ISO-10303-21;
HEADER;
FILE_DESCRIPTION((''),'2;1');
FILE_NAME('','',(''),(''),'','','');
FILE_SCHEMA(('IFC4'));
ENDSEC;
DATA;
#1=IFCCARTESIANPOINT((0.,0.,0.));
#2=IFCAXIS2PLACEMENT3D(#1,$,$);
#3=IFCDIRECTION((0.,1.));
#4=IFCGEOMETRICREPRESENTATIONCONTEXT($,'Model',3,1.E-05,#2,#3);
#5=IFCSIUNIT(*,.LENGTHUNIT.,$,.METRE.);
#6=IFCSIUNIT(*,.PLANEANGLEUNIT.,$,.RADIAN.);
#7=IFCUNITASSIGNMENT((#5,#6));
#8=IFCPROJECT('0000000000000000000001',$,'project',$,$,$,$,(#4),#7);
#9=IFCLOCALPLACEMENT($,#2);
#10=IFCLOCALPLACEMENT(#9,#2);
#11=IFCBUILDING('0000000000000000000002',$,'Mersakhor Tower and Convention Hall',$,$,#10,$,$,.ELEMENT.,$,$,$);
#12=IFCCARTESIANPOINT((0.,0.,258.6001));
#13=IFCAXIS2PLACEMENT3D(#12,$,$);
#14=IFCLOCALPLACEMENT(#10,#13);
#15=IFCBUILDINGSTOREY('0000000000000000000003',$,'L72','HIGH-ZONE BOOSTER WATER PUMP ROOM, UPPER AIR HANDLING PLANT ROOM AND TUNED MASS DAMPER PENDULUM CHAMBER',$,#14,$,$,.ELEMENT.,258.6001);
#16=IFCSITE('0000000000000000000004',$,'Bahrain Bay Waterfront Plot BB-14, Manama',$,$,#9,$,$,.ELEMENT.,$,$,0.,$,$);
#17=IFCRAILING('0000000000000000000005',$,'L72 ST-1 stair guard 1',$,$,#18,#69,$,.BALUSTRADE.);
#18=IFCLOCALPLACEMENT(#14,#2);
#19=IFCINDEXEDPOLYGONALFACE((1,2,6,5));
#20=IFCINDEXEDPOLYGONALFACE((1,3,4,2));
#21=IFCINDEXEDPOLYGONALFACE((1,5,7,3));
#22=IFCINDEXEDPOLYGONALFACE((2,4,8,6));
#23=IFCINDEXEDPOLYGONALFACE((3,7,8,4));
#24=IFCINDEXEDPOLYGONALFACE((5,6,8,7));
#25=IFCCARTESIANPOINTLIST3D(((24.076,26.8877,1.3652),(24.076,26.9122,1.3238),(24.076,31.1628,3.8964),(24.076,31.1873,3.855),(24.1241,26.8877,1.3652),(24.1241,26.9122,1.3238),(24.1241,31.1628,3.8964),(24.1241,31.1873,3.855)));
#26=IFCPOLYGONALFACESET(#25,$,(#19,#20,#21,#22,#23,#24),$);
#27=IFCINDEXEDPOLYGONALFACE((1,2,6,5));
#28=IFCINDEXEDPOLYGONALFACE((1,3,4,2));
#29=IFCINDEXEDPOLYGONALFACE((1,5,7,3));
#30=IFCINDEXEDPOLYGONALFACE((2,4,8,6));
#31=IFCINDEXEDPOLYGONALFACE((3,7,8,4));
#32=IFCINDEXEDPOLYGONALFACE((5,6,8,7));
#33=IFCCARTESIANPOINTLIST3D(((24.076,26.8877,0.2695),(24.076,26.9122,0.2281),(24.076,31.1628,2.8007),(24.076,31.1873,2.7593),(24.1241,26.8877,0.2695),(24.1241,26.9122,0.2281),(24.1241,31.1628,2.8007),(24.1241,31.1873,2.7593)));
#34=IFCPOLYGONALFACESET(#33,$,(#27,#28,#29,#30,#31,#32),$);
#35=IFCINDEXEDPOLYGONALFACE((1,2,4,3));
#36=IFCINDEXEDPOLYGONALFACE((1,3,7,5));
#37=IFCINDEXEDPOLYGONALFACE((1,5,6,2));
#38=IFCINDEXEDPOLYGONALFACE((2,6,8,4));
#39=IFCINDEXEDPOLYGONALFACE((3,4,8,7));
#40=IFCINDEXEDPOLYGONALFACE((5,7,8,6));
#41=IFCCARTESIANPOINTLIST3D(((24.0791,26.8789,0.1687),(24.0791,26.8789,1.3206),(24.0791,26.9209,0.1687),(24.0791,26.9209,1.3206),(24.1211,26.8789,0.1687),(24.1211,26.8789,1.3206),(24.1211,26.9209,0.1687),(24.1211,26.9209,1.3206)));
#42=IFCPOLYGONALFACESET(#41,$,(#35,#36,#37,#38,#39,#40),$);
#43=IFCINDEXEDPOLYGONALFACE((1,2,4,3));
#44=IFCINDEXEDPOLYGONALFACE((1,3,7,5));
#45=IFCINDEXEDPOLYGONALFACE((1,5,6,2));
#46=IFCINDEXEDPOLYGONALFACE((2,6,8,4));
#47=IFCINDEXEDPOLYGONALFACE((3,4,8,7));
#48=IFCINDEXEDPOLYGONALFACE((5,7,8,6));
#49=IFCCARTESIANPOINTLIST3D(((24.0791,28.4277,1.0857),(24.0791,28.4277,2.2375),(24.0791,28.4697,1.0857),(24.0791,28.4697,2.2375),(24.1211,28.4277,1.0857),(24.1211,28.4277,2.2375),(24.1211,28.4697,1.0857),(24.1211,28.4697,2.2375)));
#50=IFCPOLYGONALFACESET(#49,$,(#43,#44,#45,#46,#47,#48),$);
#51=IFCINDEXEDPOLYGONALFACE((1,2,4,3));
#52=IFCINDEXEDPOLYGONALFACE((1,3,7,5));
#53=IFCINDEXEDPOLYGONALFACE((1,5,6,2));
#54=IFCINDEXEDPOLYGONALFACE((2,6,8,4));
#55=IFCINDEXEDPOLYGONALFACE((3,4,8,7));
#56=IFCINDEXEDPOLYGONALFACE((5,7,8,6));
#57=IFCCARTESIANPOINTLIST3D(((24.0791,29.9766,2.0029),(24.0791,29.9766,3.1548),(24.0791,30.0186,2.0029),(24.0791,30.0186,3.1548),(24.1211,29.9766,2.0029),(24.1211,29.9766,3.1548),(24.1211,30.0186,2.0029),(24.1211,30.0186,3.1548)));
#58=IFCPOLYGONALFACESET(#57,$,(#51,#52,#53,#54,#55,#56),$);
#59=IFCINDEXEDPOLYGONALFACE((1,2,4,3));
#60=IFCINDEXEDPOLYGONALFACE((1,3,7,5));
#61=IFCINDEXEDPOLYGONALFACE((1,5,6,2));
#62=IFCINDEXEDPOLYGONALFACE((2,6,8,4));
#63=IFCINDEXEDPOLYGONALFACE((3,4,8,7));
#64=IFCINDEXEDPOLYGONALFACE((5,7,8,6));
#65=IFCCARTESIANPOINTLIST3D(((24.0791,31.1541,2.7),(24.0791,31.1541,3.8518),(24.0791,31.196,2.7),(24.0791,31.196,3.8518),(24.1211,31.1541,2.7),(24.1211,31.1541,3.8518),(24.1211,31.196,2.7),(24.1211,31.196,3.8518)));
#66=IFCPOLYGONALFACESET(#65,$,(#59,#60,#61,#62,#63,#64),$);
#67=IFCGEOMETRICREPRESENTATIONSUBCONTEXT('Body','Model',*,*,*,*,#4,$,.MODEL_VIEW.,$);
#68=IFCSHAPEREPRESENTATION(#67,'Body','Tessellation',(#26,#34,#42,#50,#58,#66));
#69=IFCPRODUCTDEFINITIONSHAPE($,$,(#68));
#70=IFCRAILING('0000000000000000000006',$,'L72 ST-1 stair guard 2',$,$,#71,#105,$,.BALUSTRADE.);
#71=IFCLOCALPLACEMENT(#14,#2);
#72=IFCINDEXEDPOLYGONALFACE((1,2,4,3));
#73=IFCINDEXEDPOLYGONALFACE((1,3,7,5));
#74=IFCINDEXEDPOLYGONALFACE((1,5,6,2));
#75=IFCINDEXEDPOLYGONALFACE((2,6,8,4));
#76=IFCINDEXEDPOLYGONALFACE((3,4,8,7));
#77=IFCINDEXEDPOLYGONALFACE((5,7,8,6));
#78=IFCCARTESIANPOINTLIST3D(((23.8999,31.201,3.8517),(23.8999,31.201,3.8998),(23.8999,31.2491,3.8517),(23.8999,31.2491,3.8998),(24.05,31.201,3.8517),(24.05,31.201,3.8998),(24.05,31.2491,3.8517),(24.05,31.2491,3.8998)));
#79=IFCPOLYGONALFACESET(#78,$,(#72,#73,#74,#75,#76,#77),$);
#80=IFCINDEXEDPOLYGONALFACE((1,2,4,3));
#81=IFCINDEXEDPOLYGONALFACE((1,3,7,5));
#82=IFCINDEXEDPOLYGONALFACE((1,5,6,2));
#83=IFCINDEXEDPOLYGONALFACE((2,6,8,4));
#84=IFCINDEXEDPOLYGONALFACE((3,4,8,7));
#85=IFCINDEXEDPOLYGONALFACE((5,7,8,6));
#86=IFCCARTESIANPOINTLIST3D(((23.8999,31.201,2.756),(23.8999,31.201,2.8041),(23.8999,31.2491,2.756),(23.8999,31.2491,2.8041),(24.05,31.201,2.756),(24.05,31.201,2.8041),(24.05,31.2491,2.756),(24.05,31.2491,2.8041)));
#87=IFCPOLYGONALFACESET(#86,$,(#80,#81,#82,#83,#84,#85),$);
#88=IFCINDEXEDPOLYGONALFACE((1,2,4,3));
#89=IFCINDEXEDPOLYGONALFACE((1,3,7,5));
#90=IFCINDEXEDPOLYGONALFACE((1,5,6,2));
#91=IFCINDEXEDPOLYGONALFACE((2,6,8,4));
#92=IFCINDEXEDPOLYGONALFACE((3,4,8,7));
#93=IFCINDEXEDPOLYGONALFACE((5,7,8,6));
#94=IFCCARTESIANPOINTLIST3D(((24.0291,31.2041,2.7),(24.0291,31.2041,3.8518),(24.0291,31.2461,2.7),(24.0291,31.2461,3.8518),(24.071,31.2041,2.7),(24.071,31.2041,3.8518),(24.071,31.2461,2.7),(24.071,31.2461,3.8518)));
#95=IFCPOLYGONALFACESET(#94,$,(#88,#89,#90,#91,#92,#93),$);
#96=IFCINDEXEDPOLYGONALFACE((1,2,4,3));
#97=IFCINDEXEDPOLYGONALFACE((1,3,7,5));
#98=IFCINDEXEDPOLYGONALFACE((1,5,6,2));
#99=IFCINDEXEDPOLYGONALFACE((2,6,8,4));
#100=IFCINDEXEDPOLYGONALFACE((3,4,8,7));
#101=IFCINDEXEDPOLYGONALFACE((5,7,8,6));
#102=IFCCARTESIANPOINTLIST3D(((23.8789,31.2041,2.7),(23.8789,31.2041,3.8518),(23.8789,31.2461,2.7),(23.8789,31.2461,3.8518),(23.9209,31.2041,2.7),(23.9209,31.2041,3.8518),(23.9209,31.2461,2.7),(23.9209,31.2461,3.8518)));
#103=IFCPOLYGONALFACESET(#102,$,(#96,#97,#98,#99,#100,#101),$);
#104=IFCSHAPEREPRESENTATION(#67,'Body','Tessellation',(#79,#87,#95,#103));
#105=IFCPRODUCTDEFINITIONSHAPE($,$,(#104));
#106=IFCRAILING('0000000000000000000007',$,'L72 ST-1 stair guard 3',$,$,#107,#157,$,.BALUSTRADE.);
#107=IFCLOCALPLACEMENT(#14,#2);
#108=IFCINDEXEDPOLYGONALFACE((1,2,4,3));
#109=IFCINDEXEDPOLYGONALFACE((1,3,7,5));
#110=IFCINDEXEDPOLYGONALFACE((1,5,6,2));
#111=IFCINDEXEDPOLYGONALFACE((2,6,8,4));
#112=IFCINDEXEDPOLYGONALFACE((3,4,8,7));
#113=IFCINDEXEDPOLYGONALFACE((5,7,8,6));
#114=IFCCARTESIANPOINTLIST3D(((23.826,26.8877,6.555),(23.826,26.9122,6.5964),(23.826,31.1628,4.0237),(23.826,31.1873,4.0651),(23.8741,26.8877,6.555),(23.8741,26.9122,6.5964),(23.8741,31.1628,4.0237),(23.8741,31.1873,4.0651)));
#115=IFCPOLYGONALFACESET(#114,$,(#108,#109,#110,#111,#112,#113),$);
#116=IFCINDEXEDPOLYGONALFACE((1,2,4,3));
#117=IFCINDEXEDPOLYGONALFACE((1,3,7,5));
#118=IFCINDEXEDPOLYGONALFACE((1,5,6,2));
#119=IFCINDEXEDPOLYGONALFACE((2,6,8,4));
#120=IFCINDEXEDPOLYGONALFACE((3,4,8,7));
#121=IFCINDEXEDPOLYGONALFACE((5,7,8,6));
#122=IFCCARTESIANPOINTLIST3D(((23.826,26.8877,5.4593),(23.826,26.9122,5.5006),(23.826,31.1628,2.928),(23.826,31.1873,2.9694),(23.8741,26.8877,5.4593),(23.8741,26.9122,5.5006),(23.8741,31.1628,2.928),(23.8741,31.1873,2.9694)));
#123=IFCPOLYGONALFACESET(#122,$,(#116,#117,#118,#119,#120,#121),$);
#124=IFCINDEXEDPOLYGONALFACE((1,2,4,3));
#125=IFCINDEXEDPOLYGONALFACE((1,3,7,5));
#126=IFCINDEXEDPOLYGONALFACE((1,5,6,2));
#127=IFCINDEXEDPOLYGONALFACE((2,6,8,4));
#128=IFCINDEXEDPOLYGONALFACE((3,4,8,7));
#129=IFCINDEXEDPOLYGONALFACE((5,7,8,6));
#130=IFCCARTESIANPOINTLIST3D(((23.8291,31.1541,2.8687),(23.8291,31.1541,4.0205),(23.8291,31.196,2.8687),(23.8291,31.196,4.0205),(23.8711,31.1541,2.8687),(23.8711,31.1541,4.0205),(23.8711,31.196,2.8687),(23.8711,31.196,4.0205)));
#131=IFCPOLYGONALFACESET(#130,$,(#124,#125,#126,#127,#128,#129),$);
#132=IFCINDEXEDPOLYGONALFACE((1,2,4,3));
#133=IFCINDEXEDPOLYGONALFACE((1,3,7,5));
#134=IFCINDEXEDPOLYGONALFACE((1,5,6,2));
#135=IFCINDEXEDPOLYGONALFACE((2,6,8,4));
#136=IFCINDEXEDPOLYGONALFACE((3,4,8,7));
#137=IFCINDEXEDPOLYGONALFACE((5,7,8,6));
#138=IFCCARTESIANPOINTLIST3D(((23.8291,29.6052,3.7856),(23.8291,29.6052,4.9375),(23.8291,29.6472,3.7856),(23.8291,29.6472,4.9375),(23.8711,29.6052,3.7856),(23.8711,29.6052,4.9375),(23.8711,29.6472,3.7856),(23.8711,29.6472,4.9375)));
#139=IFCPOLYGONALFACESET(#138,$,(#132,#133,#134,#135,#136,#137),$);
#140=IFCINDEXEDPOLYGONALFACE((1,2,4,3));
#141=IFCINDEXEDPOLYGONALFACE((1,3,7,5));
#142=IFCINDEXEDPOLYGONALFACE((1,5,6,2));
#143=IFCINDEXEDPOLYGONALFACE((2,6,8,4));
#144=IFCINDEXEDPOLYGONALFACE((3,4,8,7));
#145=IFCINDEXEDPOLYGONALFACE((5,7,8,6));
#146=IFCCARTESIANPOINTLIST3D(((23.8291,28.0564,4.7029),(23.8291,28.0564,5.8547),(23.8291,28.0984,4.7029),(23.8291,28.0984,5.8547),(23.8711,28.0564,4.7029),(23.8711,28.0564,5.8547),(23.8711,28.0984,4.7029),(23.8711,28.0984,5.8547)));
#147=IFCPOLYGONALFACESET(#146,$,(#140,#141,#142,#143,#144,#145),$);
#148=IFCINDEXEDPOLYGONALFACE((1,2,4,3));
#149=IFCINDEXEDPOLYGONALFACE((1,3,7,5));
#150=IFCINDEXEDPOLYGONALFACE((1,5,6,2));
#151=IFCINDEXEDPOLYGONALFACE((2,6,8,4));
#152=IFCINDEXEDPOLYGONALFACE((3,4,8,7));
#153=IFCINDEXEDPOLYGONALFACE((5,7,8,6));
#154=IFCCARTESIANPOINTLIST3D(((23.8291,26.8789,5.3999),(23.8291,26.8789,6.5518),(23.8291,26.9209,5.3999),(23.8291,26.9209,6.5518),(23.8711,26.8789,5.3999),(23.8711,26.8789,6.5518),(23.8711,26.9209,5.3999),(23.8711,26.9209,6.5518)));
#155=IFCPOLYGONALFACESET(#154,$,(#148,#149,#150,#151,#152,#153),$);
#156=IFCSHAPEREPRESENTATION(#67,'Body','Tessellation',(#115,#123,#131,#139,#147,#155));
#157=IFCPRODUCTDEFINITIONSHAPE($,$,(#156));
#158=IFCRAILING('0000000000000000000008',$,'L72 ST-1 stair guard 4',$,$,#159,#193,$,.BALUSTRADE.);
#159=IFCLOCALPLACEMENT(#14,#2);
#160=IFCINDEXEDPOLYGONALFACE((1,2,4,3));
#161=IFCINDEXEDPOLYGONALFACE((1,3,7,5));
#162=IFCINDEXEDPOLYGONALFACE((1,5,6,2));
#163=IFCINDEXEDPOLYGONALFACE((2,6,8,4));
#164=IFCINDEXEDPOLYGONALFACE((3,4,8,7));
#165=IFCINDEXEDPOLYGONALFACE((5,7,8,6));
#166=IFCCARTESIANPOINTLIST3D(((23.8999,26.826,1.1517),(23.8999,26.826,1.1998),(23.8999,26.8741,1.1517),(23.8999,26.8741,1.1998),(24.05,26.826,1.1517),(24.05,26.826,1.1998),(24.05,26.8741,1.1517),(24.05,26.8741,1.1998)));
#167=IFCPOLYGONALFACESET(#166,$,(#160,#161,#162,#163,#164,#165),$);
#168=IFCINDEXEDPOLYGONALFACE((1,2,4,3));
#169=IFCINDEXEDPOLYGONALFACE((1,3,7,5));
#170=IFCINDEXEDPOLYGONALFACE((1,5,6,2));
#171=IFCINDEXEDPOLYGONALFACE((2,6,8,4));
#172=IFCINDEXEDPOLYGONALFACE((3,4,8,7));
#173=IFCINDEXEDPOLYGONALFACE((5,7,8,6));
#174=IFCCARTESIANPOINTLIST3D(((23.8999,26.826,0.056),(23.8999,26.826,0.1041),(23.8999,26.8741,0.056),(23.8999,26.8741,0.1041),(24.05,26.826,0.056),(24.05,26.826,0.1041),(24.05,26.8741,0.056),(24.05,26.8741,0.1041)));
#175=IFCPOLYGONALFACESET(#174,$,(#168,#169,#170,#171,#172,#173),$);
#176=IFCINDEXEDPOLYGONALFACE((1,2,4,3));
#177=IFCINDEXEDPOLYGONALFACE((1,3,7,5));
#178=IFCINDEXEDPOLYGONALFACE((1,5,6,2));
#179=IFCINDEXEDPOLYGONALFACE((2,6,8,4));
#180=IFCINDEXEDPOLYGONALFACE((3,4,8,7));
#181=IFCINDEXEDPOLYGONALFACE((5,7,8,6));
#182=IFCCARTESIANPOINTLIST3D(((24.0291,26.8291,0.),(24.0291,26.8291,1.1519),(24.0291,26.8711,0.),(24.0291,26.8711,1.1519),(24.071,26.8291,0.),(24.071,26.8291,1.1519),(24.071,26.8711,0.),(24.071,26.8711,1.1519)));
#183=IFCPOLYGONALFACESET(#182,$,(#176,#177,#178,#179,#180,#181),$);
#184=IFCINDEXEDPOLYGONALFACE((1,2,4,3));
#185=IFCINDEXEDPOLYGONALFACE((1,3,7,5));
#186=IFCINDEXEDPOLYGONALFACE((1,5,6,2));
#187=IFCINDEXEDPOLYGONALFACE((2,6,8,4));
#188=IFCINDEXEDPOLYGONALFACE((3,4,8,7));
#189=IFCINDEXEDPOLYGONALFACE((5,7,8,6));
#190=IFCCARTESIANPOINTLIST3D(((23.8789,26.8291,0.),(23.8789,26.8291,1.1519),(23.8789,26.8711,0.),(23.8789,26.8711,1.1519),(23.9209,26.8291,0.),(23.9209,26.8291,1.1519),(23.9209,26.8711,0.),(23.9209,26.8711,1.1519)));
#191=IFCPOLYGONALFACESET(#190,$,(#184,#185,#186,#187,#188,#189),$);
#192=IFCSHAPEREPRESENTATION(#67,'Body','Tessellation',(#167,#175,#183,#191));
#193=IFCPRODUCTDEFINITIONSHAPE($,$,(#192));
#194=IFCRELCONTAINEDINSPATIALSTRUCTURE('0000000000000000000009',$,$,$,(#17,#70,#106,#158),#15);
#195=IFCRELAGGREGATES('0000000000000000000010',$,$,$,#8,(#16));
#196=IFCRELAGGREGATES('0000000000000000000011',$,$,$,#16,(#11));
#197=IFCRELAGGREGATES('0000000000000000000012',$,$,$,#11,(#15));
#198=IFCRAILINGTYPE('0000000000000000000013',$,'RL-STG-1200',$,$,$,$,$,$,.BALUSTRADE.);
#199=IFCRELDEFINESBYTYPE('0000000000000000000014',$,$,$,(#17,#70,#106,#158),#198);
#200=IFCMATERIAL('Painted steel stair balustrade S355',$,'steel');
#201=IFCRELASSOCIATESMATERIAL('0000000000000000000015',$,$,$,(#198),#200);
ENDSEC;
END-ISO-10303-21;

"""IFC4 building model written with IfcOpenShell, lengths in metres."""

from ifc_helpers import new_model, si_unit, direction, frame, origin, origin_2d, place, context, subcontext, project, spatial, rectangle, extrude, material, type_object, element, save


model = new_model("IFC4")

# Units and contexts
model_context = context("Model", 3, precision=1e-05, world=origin(), true_north=direction((0.0, 1.0)))
body_context = subcontext(model_context, "Body", "Model", "MODEL_VIEW")
ifc_project = project(units=[si_unit("LENGTHUNIT", "METRE"), si_unit("PLANEANGLEUNIT", "RADIAN")], contexts=[model_context])

# Site, building, storey
site_placement = place(None, origin())
site = spatial("IfcSite", under=ifc_project, at=site_placement, Name="Bahrain Bay Waterfront Plot BB-14, Manama", CompositionType="ELEMENT", RefElevation=0.0)
building_placement = place(site_placement, origin())
building = spatial("IfcBuilding", under=site, at=building_placement, Name="Mersakhor Tower and Convention Hall", CompositionType="ELEMENT")
storey_placement = place(building_placement, frame((0.0, 0.0, 258.6001)))
storey = spatial("IfcBuildingStorey", under=building, at=storey_placement, Name="L72", Description="HIGH-ZONE BOOSTER WATER PUMP ROOM, UPPER AIR HANDLING PLANT ROOM AND TUNED MASS DAMPER PENDULUM CHAMBER", CompositionType="ELEMENT", Elevation=258.6001)

# Railings
ifc_material_1 = material(Name="Painted steel stair balustrade S355", Category="steel")
railing_type_1 = type_object("IfcRailingType", Name="RL-STG-1200", PredefinedType="BALUSTRADE", material=ifc_material_1)
railing_1_placement = place(storey_placement, frame((24.1001, 26.8999, 0.1687)))
element("IfcRailing", 1, at=railing_1_placement, inside=storey, type_object=railing_type_1, Name="L72 ST-1 stair guard 1", PredefinedType="BALUSTRADE", context=body_context, shape_type="SweptSolid", body=[
    extrude(rectangle(XDim=0.0481, YDim=0.0481, at=origin_2d()), frame((0.0, 0.0, 1.1758), z_axis=(0.0, 0.860483, 0.509479), x_axis=(-1.0, 0.0, 0.0)), (0.0, 0.0, 1.0), 4.9683),
    extrude(rectangle(XDim=0.0481, YDim=0.0481, at=origin_2d()), frame((0.0, 0.0, 0.0801), z_axis=(0.0, 0.860483, 0.509479), x_axis=(-1.0, 0.0, 0.0)), (0.0, 0.0, 1.0), 4.9683),
    extrude(rectangle(XDim=0.042, YDim=0.042, at=origin_2d()), origin(), (0.0, 0.0, 1.0), 1.1519),
    extrude(rectangle(XDim=0.042, YDim=0.042, at=origin_2d()), frame((0.0, 1.5488, 0.917)), (0.0, 0.0, 1.0), 1.1519),
    extrude(rectangle(XDim=0.042, YDim=0.042, at=origin_2d()), frame((0.0, 3.0977, 1.8342)), (0.0, 0.0, 1.0), 1.1519),
    extrude(rectangle(XDim=0.042, YDim=0.042, at=origin_2d()), frame((0.0, 4.2751, 2.5312)), (0.0, 0.0, 1.0), 1.1519),
])
railing_2_placement = place(storey_placement, frame((24.05, 31.2251, 2.7)))
element("IfcRailing", 2, at=railing_2_placement, inside=storey, type_object=railing_type_1, Name="L72 ST-1 stair guard 2", PredefinedType="BALUSTRADE", context=body_context, shape_type="SweptSolid", body=[
    extrude(rectangle(XDim=0.0481, YDim=0.0481, at=origin_2d()), frame((0.0, 0.0, 1.1758), z_axis=(-1.0, 0.0, 0.0), x_axis=(0.0, -1.0, 0.0)), (0.0, 0.0, 1.0), 0.1501),
    extrude(rectangle(XDim=0.0481, YDim=0.0481, at=origin_2d()), frame((0.0, 0.0, 0.0801), z_axis=(-1.0, 0.0, 0.0), x_axis=(0.0, -1.0, 0.0)), (0.0, 0.0, 1.0), 0.1501),
    extrude(rectangle(XDim=0.042, YDim=0.042, at=origin_2d()), origin(), (0.0, 0.0, 1.0), 1.1519),
    extrude(rectangle(XDim=0.042, YDim=0.042, at=origin_2d()), frame((-0.1501, 0.0, 0.0)), (0.0, 0.0, 1.0), 1.1519),
])
railing_3_placement = place(storey_placement, frame((23.8501, 31.175, 2.8687)))
element("IfcRailing", 3, at=railing_3_placement, inside=storey, type_object=railing_type_1, Name="L72 ST-1 stair guard 3", PredefinedType="BALUSTRADE", context=body_context, shape_type="SweptSolid", body=[
    extrude(rectangle(XDim=0.0481, YDim=0.0481, at=origin_2d()), frame((0.0, 0.0, 1.1758), z_axis=(0.0, -0.860483, 0.509479), x_axis=(1.0, 0.0, 0.0)), (0.0, 0.0, 1.0), 4.9683),
    extrude(rectangle(XDim=0.0481, YDim=0.0481, at=origin_2d()), frame((0.0, 0.0, 0.0801), z_axis=(0.0, -0.860483, 0.509479), x_axis=(1.0, 0.0, 0.0)), (0.0, 0.0, 1.0), 4.9683),
    extrude(rectangle(XDim=0.042, YDim=0.042, at=origin_2d()), origin(), (0.0, 0.0, 1.0), 1.1519),
    extrude(rectangle(XDim=0.042, YDim=0.042, at=origin_2d()), frame((0.0, -1.5488, 0.917)), (0.0, 0.0, 1.0), 1.1519),
    extrude(rectangle(XDim=0.042, YDim=0.042, at=origin_2d()), frame((0.0, -3.0977, 1.8342)), (0.0, 0.0, 1.0), 1.1519),
    extrude(rectangle(XDim=0.042, YDim=0.042, at=origin_2d()), frame((0.0, -4.2751, 2.5312)), (0.0, 0.0, 1.0), 1.1519),
])
railing_4_placement = place(storey_placement, frame((24.05, 26.8501, 0.0)))
element("IfcRailing", 4, at=railing_4_placement, inside=storey, type_object=railing_type_1, Name="L72 ST-1 stair guard 4", PredefinedType="BALUSTRADE", context=body_context, shape_type="SweptSolid", body=[
    extrude(rectangle(XDim=0.0481, YDim=0.0481, at=origin_2d()), frame((0.0, 0.0, 1.1758), z_axis=(-1.0, 0.0, 0.0), x_axis=(0.0, -1.0, 0.0)), (0.0, 0.0, 1.0), 0.1501),
    extrude(rectangle(XDim=0.0481, YDim=0.0481, at=origin_2d()), frame((0.0, 0.0, 0.0801), z_axis=(-1.0, 0.0, 0.0), x_axis=(0.0, -1.0, 0.0)), (0.0, 0.0, 1.0), 0.1501),
    extrude(rectangle(XDim=0.042, YDim=0.042, at=origin_2d()), origin(), (0.0, 0.0, 1.0), 1.1519),
    extrude(rectangle(XDim=0.042, YDim=0.042, at=origin_2d()), frame((-0.1501, 0.0, 0.0)), (0.0, 0.0, 1.0), 1.1519),
])

save(model, "model.ifc")
